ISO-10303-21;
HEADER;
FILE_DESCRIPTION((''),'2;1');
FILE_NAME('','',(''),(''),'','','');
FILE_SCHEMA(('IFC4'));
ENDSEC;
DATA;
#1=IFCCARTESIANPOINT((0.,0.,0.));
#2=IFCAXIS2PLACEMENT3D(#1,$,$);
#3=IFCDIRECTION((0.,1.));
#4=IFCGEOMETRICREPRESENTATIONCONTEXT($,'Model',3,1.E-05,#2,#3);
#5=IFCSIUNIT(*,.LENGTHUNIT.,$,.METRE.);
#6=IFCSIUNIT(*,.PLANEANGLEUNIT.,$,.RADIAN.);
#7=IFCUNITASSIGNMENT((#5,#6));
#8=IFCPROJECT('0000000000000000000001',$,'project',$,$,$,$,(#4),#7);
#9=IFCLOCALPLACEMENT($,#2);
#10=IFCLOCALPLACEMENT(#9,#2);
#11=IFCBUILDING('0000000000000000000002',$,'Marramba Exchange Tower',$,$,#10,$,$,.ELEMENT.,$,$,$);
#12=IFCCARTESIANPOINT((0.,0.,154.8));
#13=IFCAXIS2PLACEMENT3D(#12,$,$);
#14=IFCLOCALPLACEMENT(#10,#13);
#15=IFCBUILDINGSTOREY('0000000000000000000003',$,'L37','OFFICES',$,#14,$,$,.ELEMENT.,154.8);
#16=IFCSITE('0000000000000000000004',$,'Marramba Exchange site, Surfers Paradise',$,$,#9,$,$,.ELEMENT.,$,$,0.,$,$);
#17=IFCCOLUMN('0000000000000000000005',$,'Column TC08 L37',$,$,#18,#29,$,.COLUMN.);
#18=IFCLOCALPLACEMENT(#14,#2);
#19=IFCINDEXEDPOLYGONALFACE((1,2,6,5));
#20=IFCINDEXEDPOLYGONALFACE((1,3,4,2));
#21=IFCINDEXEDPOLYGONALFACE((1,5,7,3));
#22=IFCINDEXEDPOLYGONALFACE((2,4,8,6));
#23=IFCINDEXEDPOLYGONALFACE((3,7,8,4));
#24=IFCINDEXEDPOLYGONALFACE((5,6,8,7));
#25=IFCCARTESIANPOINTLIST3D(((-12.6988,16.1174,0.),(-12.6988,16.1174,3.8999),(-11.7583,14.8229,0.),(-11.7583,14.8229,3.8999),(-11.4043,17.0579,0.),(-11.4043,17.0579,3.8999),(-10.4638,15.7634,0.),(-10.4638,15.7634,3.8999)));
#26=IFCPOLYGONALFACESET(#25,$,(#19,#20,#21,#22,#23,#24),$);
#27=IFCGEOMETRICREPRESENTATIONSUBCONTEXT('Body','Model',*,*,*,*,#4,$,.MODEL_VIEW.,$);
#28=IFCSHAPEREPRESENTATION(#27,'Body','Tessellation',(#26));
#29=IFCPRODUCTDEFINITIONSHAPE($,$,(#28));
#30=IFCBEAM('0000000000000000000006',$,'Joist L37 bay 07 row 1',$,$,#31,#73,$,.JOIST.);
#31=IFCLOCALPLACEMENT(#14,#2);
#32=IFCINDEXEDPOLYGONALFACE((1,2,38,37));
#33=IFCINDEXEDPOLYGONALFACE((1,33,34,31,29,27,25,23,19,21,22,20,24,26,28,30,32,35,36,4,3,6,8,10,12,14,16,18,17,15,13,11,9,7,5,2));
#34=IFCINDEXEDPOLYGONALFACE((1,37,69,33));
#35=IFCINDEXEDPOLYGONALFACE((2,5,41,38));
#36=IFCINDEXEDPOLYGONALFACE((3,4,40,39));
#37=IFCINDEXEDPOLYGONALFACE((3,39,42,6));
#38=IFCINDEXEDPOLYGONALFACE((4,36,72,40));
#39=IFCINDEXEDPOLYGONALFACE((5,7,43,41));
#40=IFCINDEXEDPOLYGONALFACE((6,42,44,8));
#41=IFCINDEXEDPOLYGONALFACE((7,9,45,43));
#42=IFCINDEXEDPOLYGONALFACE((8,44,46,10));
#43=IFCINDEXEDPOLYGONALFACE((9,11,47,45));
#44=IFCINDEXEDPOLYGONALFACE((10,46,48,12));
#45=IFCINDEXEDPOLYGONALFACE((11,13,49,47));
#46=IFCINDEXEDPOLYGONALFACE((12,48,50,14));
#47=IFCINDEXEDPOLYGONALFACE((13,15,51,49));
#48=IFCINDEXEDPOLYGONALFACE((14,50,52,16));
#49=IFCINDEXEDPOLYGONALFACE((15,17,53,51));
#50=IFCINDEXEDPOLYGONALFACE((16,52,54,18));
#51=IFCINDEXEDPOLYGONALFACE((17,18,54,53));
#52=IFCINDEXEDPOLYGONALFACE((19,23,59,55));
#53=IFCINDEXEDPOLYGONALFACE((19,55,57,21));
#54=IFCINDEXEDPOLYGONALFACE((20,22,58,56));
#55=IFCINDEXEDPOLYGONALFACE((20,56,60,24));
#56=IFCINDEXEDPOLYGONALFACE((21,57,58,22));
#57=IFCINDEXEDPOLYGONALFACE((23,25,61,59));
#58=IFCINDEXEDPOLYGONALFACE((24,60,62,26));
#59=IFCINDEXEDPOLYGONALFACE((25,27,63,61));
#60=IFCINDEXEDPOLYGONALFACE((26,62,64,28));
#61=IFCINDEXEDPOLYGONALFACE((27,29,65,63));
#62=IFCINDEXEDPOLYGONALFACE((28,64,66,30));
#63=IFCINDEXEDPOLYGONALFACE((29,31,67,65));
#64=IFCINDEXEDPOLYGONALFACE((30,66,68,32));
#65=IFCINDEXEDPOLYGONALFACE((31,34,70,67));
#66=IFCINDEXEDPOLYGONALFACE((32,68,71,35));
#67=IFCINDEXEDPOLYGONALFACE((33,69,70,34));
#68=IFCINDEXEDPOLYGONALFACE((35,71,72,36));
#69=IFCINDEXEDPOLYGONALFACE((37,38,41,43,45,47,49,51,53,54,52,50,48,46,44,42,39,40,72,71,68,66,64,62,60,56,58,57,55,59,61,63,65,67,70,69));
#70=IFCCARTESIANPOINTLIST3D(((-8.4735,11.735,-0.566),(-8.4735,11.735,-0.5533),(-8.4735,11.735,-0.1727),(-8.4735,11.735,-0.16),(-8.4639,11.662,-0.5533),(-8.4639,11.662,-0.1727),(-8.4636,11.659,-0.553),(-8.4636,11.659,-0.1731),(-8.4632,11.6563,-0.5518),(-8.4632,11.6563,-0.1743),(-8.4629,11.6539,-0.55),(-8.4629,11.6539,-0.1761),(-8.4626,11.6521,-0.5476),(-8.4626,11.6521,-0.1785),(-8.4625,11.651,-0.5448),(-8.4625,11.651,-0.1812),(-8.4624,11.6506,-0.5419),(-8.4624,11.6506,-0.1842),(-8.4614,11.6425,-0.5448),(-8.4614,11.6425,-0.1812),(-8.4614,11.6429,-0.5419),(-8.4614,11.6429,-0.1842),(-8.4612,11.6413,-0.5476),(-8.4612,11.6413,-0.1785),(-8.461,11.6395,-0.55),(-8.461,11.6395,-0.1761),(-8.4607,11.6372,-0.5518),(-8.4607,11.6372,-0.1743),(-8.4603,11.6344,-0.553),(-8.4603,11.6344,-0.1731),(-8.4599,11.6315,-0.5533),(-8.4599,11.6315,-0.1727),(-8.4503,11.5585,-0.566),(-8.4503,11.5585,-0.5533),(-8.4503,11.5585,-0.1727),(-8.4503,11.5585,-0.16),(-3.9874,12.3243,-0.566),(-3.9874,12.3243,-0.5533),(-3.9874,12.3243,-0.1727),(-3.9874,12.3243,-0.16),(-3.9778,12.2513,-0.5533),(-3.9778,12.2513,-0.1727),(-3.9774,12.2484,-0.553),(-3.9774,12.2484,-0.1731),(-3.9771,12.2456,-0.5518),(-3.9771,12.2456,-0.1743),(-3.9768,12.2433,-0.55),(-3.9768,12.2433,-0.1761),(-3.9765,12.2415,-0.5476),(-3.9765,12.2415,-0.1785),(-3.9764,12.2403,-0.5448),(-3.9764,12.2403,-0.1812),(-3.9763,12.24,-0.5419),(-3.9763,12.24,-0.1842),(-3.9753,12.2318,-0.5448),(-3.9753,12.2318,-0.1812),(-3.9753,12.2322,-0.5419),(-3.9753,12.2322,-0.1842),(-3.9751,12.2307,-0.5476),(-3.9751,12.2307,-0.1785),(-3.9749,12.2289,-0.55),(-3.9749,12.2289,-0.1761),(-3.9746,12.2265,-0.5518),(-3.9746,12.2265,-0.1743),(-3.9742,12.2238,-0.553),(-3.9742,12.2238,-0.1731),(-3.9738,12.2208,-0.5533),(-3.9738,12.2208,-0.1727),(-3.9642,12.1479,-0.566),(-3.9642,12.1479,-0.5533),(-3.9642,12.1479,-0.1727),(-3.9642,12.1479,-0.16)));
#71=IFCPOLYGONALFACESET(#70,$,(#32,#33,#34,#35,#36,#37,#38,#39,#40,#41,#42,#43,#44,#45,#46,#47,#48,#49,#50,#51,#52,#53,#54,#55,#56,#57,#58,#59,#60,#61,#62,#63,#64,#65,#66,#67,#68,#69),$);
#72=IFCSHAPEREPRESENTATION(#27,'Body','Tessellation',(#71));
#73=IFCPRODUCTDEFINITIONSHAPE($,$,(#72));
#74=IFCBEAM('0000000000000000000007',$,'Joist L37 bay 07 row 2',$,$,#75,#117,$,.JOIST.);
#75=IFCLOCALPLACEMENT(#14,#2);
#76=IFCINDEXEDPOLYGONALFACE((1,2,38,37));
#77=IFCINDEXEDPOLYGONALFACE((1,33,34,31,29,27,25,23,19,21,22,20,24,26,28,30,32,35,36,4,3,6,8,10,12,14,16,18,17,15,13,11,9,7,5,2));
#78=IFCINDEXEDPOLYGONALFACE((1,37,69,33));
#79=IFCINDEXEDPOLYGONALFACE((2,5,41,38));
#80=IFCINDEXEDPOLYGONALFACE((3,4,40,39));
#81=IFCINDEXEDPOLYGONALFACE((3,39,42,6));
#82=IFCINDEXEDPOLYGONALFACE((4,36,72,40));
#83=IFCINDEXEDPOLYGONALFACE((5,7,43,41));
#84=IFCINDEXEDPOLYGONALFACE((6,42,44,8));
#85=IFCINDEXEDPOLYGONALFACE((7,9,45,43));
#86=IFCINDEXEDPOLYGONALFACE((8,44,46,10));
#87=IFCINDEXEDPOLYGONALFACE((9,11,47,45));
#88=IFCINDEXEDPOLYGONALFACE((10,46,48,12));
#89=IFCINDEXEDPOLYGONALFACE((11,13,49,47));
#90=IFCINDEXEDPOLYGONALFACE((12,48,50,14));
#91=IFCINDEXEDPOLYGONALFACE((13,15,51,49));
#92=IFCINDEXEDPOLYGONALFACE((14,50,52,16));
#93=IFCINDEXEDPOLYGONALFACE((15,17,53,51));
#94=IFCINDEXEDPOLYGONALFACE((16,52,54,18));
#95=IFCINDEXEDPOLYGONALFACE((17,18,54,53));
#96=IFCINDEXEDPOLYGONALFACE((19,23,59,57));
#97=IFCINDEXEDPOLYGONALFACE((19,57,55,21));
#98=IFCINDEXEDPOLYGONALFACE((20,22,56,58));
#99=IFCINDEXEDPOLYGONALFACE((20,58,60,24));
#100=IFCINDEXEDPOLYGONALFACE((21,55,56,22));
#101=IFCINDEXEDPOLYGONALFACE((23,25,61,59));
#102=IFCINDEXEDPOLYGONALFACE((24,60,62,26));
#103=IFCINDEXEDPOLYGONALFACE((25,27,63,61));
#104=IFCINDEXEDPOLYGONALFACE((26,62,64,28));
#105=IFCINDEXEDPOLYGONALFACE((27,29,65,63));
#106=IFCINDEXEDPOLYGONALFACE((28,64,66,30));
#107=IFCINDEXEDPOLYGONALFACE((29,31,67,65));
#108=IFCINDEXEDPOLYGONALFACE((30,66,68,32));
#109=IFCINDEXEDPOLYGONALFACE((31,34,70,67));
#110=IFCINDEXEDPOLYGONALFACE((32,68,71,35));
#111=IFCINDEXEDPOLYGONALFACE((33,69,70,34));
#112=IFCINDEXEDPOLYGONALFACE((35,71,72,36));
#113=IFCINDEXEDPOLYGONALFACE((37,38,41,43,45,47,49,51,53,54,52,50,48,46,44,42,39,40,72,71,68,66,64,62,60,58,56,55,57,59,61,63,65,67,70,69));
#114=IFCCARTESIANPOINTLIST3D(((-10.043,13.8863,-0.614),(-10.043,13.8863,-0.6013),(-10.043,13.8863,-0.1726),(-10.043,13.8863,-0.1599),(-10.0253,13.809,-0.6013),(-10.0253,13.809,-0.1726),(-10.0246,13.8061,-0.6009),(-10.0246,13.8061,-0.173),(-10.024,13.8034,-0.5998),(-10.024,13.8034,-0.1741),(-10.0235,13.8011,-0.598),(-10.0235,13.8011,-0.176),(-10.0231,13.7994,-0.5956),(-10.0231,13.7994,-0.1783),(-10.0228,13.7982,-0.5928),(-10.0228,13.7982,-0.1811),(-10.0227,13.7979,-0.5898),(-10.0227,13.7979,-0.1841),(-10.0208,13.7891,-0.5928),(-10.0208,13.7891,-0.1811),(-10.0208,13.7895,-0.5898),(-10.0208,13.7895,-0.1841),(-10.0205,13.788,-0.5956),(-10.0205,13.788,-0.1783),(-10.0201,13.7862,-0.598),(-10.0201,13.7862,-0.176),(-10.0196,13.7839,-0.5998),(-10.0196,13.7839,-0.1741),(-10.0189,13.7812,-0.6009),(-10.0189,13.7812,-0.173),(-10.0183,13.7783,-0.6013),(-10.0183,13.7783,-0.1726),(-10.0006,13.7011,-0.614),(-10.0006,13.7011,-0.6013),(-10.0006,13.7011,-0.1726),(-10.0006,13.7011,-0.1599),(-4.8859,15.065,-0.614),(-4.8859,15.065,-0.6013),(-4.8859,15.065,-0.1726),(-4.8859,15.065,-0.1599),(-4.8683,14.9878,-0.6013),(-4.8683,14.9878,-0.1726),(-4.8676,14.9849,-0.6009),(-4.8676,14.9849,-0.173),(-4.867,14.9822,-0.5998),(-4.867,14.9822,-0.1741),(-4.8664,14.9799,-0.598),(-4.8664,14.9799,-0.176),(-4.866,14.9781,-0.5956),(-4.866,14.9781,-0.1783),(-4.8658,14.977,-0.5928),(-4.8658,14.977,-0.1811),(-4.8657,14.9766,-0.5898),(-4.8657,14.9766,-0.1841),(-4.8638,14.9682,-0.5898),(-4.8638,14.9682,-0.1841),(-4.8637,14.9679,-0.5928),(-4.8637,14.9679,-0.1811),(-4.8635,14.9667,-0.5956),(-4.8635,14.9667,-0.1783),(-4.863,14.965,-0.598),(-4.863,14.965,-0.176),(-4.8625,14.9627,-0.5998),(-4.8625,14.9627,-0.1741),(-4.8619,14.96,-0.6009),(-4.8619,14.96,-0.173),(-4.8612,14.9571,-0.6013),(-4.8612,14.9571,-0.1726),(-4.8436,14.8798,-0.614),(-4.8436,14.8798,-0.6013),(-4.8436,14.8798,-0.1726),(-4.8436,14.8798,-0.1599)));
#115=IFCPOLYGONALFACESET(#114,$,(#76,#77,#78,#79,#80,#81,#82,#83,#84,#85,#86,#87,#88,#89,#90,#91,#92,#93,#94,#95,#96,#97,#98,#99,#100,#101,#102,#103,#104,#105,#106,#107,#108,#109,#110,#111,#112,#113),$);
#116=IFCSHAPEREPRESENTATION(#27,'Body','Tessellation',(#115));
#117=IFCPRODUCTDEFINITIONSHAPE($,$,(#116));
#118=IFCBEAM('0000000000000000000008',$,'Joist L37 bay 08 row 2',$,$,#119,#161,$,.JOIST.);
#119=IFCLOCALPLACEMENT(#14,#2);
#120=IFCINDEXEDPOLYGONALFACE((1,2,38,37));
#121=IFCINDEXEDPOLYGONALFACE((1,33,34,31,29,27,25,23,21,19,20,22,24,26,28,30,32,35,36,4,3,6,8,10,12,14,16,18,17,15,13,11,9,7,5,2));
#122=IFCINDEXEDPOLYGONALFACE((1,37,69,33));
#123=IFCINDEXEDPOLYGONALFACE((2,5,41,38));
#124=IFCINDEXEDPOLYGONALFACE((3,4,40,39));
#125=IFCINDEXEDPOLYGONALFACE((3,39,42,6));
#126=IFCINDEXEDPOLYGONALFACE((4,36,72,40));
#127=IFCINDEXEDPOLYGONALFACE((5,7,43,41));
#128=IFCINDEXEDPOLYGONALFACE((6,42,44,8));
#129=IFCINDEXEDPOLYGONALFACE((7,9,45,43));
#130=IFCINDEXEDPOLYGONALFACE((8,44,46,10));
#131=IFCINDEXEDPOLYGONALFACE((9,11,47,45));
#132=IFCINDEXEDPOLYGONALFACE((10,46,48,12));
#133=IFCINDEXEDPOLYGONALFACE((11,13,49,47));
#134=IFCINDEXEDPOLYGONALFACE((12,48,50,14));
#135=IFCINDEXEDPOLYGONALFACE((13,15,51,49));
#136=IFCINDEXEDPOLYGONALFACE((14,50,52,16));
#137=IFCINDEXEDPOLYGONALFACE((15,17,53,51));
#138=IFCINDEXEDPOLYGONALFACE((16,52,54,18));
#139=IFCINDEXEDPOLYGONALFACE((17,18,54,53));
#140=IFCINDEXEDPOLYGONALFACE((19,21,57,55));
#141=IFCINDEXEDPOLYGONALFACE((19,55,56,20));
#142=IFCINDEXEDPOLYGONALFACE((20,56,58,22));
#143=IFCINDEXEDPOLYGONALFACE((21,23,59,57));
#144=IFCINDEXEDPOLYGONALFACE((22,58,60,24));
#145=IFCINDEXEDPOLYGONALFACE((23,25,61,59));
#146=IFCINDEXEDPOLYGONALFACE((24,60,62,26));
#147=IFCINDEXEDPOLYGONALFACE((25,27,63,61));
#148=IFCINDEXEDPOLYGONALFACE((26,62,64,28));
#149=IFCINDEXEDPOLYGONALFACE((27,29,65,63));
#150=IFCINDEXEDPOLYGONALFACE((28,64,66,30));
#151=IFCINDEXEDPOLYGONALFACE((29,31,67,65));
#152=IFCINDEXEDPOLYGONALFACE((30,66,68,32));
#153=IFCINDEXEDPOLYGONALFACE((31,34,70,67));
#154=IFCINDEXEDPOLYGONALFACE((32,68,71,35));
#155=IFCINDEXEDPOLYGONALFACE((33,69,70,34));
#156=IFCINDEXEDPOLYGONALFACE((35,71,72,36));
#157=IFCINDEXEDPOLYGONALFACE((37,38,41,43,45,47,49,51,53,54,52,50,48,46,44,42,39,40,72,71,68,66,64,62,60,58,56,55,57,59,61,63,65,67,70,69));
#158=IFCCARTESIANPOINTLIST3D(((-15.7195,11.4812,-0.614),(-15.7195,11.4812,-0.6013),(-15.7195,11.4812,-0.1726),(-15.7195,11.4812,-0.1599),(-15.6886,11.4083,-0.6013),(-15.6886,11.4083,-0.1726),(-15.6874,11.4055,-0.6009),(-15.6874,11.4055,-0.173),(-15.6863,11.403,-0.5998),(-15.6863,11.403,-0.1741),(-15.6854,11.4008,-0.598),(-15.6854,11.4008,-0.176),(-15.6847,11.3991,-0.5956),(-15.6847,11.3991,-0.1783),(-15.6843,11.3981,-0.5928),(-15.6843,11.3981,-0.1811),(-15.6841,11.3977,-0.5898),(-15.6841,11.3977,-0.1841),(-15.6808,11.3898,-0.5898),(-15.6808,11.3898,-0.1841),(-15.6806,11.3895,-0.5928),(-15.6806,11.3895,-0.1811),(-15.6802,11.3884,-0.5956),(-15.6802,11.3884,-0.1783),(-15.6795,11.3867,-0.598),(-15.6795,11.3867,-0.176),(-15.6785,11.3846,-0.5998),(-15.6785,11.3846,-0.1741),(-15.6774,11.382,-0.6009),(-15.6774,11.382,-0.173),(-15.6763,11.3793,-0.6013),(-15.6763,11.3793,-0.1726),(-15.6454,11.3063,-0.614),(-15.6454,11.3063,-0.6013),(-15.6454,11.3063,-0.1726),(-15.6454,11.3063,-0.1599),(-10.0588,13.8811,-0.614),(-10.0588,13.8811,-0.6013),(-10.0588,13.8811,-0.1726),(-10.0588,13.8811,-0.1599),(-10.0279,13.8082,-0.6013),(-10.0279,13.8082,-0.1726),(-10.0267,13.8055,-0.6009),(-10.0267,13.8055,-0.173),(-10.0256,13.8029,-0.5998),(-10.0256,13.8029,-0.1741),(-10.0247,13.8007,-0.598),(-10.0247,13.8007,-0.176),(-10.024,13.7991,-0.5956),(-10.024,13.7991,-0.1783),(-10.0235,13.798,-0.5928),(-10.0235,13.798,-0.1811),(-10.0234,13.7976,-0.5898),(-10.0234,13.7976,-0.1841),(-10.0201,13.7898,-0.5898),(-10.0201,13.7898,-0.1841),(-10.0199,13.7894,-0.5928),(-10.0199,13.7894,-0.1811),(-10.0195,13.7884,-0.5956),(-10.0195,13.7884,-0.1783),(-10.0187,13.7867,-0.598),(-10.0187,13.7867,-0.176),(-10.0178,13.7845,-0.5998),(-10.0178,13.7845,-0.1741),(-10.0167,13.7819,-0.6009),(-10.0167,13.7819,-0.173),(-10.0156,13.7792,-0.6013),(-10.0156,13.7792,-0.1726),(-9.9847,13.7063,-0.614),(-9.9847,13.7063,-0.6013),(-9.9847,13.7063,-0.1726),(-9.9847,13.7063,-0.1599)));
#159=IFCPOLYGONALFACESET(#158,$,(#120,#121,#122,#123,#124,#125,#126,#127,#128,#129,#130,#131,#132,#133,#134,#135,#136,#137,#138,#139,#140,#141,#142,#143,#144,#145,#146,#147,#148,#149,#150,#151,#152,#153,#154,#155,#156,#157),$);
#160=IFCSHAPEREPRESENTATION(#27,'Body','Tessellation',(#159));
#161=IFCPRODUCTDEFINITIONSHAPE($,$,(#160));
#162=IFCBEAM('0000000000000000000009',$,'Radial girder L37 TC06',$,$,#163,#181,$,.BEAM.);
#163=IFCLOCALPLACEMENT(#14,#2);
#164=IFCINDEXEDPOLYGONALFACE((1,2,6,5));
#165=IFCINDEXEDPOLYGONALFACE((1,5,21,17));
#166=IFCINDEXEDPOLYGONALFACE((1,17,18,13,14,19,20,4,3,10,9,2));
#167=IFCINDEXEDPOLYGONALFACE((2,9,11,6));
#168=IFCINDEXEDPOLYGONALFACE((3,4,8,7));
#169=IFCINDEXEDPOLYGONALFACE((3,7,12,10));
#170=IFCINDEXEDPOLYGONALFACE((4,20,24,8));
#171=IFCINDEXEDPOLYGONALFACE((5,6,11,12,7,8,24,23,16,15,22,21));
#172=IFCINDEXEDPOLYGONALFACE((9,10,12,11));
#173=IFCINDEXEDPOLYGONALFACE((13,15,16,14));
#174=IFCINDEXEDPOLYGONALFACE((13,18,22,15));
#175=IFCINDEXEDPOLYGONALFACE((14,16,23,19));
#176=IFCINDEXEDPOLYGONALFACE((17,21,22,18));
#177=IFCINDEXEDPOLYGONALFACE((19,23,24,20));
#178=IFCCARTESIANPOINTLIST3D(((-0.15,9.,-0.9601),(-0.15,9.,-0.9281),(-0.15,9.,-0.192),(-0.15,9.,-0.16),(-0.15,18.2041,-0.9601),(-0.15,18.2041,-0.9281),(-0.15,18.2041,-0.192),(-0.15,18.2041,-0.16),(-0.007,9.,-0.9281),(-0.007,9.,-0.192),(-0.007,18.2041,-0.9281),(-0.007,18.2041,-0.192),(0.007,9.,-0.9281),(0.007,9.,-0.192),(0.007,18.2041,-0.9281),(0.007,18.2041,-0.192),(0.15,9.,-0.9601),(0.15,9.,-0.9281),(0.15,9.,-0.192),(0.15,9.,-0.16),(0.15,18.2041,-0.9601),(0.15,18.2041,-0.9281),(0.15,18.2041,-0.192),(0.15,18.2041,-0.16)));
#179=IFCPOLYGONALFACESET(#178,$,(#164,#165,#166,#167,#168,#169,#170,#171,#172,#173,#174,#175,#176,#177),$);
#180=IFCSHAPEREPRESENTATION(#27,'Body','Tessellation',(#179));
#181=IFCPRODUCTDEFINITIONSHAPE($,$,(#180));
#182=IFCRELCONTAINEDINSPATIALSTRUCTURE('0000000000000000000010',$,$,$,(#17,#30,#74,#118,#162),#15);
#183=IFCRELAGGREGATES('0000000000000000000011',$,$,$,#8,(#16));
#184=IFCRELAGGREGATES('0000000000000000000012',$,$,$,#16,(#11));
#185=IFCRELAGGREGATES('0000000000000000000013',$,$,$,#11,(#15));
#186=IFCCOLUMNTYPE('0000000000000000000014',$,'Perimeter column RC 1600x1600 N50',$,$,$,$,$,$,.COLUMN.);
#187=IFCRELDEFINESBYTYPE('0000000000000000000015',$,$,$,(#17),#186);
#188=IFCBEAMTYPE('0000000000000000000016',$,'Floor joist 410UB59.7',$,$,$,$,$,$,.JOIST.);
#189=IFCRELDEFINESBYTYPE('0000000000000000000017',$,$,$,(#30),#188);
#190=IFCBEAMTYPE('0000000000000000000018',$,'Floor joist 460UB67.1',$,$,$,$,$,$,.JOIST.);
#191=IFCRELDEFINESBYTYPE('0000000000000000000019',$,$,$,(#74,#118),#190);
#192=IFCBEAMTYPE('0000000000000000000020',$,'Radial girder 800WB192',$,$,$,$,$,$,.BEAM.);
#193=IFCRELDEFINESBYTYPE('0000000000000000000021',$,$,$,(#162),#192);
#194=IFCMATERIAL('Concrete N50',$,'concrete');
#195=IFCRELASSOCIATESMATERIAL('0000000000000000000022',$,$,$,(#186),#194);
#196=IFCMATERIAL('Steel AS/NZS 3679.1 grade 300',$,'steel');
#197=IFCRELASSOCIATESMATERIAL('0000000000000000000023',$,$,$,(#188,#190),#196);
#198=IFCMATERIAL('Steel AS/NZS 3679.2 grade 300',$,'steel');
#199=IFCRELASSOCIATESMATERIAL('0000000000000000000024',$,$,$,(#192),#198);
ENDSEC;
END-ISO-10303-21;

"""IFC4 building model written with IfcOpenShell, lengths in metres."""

from ifc_helpers import new_model, si_unit, direction, frame, origin, origin_2d, place, context, subcontext, project, spatial, rectangle, i_section, extrude, material, material_profile, profile_set, type_object, element, save


model = new_model("IFC4")

# Units and contexts
model_context = context("Model", 3, precision=1e-05, world=origin(), true_north=direction((0.0, 1.0)))
body_context = subcontext(model_context, "Body", "Model", "MODEL_VIEW")
ifc_project = project(units=[si_unit("LENGTHUNIT", "METRE"), si_unit("PLANEANGLEUNIT", "RADIAN")], contexts=[model_context])

# Site, building, storey
site_placement = place(None, origin())
site = spatial("IfcSite", under=ifc_project, at=site_placement, Name="Marramba Exchange site, Surfers Paradise", CompositionType="ELEMENT", RefElevation=0.0)
building_placement = place(site_placement, origin())
building = spatial("IfcBuilding", under=site, at=building_placement, Name="Marramba Exchange Tower", CompositionType="ELEMENT")
storey_placement = place(building_placement, frame((0.0, 0.0, 154.8)))
storey = spatial("IfcBuildingStorey", under=building, at=storey_placement, Name="L37", Description="OFFICES", CompositionType="ELEMENT", Elevation=154.8)

# Column
ifc_material_1 = material(Name="Concrete N50", Category="concrete")
ifc_material_profile_1 = material_profile(ifc_material_1, rectangle(XDim=1.6001, YDim=1.6001, at=origin_2d()), Name="RC 1600x1600")
ifc_profile_set_1 = profile_set([ifc_material_profile_1], Name="Concrete N50")
column_type = type_object("IfcColumnType", Name="Perimeter column RC 1600x1600 N50", PredefinedType="COLUMN", material=ifc_profile_set_1)
column_placement = place(storey_placement, frame((-11.5813, 15.9404, 0.0), z_axis=(0.0, 0.0, 1.0), x_axis=(-0.587785, 0.809017, 0.0)))
element("IfcColumn", 1, at=column_placement, inside=storey, type_object=column_type, Name="Column TC08 L37", PredefinedType="COLUMN", context=body_context, shape_type="SweptSolid", body=[
    extrude(rectangle(XDim=1.6001, YDim=1.6001, at=origin_2d()), origin(), (0.0, 0.0, 1.0), 3.8999),
])

# Beams
ifc_material_2 = material(Name="Steel AS/NZS 3679.1 grade 300", Category="steel")
ifc_material_profile_2 = material_profile(ifc_material_2, i_section(OverallWidth=0.178, OverallDepth=0.406, WebThickness=0.0078, FlangeThickness=0.0127, FilletRadius=0.0115, at=origin_2d()), Name="410UB59.7")
ifc_profile_set_2 = profile_set([ifc_material_profile_2], Name="Steel AS/NZS 3679.1 grade 300")
beam_type_1 = type_object("IfcBeamType", Name="Floor joist 410UB59.7", PredefinedType="JOIST", material=ifc_profile_set_2)
beam_1_placement = place(storey_placement, frame((-3.9758, 12.2361, -0.363), z_axis=(-0.991481, -0.130255, 0.0), x_axis=(0.130255, -0.991481, 0.0)))
element("IfcBeam", 2, at=beam_1_placement, inside=storey, type_object=beam_type_1, Name="Joist L37 bay 07 row 1", PredefinedType="JOIST", context=body_context, shape_type="SweptSolid", body=[
    extrude(i_section(OverallWidth=0.178, OverallDepth=0.406, WebThickness=0.0078, FlangeThickness=0.0127, FilletRadius=0.0115, at=origin_2d()), origin(), (0.0, 0.0, 1.0), 4.5247),
])
ifc_material_profile_3 = material_profile(ifc_material_2, i_section(OverallWidth=0.1899, OverallDepth=0.4541, WebThickness=0.0085, FlangeThickness=0.0127, FilletRadius=0.0115, at=origin_2d()), Name="460UB67.1")
ifc_profile_set_3 = profile_set([ifc_material_profile_3], Name="Steel AS/NZS 3679.1 grade 300")
beam_type_2 = type_object("IfcBeamType", Name="Floor joist 460UB67.1", PredefinedType="JOIST", material=ifc_profile_set_3)
beam_2_placement = place(storey_placement, frame((-4.8647, 14.9724, -0.387), z_axis=(-0.97486, -0.22282, 0.0), x_axis=(0.22282, -0.97486, 0.0)))
element("IfcBeam", 3, at=beam_2_placement, inside=storey, type_object=beam_type_2, Name="Joist L37 bay 07 row 2", PredefinedType="JOIST", context=body_context, shape_type="SweptSolid", body=[
    extrude(i_section(OverallWidth=0.1899, OverallDepth=0.4541, WebThickness=0.0085, FlangeThickness=0.0127, FilletRadius=0.0115, at=origin_2d()), origin(), (0.0, 0.0, 1.0), 5.29),
])
beam_3_placement = place(storey_placement, frame((-10.0217, 13.7937, -0.387), z_axis=(-0.920674, -0.390332, 0.0), x_axis=(0.390332, -0.920674, 0.0)))
element("IfcBeam", 4, at=beam_3_placement, inside=storey, type_object=beam_type_2, Name="Joist L37 bay 08 row 2", PredefinedType="JOIST", context=body_context, shape_type="SweptSolid", body=[
    extrude(i_section(OverallWidth=0.1899, OverallDepth=0.4541, WebThickness=0.0085, FlangeThickness=0.0127, FilletRadius=0.0115, at=origin_2d()), origin(), (0.0, 0.0, 1.0), 6.1484),
])
ifc_material_3 = material(Name="Steel AS/NZS 3679.2 grade 300", Category="steel")
ifc_material_profile_4 = material_profile(ifc_material_3, i_section(OverallWidth=0.3, OverallDepth=0.8, WebThickness=0.0139, FlangeThickness=0.032, at=origin_2d()), Name="800WB192")
ifc_profile_set_4 = profile_set([ifc_material_profile_4], Name="Steel AS/NZS 3679.2 grade 300")
beam_type_3 = type_object("IfcBeamType", Name="Radial girder 800WB192", PredefinedType="BEAM", material=ifc_profile_set_4)
beam_4_placement = place(storey_placement, frame((0.0, 9.0, -0.5601), z_axis=(0.0, 1.0, 0.0), x_axis=(-1.0, 0.0, 0.0)))
element("IfcBeam", 5, at=beam_4_placement, inside=storey, type_object=beam_type_3, Name="Radial girder L37 TC06", PredefinedType="BEAM", context=body_context, shape_type="SweptSolid", body=[
    extrude(i_section(OverallWidth=0.3, OverallDepth=0.8, WebThickness=0.0139, FlangeThickness=0.032, at=origin_2d()), origin(), (0.0, 0.0, 1.0), 9.2041),
])

save(model, "model.ifc")
